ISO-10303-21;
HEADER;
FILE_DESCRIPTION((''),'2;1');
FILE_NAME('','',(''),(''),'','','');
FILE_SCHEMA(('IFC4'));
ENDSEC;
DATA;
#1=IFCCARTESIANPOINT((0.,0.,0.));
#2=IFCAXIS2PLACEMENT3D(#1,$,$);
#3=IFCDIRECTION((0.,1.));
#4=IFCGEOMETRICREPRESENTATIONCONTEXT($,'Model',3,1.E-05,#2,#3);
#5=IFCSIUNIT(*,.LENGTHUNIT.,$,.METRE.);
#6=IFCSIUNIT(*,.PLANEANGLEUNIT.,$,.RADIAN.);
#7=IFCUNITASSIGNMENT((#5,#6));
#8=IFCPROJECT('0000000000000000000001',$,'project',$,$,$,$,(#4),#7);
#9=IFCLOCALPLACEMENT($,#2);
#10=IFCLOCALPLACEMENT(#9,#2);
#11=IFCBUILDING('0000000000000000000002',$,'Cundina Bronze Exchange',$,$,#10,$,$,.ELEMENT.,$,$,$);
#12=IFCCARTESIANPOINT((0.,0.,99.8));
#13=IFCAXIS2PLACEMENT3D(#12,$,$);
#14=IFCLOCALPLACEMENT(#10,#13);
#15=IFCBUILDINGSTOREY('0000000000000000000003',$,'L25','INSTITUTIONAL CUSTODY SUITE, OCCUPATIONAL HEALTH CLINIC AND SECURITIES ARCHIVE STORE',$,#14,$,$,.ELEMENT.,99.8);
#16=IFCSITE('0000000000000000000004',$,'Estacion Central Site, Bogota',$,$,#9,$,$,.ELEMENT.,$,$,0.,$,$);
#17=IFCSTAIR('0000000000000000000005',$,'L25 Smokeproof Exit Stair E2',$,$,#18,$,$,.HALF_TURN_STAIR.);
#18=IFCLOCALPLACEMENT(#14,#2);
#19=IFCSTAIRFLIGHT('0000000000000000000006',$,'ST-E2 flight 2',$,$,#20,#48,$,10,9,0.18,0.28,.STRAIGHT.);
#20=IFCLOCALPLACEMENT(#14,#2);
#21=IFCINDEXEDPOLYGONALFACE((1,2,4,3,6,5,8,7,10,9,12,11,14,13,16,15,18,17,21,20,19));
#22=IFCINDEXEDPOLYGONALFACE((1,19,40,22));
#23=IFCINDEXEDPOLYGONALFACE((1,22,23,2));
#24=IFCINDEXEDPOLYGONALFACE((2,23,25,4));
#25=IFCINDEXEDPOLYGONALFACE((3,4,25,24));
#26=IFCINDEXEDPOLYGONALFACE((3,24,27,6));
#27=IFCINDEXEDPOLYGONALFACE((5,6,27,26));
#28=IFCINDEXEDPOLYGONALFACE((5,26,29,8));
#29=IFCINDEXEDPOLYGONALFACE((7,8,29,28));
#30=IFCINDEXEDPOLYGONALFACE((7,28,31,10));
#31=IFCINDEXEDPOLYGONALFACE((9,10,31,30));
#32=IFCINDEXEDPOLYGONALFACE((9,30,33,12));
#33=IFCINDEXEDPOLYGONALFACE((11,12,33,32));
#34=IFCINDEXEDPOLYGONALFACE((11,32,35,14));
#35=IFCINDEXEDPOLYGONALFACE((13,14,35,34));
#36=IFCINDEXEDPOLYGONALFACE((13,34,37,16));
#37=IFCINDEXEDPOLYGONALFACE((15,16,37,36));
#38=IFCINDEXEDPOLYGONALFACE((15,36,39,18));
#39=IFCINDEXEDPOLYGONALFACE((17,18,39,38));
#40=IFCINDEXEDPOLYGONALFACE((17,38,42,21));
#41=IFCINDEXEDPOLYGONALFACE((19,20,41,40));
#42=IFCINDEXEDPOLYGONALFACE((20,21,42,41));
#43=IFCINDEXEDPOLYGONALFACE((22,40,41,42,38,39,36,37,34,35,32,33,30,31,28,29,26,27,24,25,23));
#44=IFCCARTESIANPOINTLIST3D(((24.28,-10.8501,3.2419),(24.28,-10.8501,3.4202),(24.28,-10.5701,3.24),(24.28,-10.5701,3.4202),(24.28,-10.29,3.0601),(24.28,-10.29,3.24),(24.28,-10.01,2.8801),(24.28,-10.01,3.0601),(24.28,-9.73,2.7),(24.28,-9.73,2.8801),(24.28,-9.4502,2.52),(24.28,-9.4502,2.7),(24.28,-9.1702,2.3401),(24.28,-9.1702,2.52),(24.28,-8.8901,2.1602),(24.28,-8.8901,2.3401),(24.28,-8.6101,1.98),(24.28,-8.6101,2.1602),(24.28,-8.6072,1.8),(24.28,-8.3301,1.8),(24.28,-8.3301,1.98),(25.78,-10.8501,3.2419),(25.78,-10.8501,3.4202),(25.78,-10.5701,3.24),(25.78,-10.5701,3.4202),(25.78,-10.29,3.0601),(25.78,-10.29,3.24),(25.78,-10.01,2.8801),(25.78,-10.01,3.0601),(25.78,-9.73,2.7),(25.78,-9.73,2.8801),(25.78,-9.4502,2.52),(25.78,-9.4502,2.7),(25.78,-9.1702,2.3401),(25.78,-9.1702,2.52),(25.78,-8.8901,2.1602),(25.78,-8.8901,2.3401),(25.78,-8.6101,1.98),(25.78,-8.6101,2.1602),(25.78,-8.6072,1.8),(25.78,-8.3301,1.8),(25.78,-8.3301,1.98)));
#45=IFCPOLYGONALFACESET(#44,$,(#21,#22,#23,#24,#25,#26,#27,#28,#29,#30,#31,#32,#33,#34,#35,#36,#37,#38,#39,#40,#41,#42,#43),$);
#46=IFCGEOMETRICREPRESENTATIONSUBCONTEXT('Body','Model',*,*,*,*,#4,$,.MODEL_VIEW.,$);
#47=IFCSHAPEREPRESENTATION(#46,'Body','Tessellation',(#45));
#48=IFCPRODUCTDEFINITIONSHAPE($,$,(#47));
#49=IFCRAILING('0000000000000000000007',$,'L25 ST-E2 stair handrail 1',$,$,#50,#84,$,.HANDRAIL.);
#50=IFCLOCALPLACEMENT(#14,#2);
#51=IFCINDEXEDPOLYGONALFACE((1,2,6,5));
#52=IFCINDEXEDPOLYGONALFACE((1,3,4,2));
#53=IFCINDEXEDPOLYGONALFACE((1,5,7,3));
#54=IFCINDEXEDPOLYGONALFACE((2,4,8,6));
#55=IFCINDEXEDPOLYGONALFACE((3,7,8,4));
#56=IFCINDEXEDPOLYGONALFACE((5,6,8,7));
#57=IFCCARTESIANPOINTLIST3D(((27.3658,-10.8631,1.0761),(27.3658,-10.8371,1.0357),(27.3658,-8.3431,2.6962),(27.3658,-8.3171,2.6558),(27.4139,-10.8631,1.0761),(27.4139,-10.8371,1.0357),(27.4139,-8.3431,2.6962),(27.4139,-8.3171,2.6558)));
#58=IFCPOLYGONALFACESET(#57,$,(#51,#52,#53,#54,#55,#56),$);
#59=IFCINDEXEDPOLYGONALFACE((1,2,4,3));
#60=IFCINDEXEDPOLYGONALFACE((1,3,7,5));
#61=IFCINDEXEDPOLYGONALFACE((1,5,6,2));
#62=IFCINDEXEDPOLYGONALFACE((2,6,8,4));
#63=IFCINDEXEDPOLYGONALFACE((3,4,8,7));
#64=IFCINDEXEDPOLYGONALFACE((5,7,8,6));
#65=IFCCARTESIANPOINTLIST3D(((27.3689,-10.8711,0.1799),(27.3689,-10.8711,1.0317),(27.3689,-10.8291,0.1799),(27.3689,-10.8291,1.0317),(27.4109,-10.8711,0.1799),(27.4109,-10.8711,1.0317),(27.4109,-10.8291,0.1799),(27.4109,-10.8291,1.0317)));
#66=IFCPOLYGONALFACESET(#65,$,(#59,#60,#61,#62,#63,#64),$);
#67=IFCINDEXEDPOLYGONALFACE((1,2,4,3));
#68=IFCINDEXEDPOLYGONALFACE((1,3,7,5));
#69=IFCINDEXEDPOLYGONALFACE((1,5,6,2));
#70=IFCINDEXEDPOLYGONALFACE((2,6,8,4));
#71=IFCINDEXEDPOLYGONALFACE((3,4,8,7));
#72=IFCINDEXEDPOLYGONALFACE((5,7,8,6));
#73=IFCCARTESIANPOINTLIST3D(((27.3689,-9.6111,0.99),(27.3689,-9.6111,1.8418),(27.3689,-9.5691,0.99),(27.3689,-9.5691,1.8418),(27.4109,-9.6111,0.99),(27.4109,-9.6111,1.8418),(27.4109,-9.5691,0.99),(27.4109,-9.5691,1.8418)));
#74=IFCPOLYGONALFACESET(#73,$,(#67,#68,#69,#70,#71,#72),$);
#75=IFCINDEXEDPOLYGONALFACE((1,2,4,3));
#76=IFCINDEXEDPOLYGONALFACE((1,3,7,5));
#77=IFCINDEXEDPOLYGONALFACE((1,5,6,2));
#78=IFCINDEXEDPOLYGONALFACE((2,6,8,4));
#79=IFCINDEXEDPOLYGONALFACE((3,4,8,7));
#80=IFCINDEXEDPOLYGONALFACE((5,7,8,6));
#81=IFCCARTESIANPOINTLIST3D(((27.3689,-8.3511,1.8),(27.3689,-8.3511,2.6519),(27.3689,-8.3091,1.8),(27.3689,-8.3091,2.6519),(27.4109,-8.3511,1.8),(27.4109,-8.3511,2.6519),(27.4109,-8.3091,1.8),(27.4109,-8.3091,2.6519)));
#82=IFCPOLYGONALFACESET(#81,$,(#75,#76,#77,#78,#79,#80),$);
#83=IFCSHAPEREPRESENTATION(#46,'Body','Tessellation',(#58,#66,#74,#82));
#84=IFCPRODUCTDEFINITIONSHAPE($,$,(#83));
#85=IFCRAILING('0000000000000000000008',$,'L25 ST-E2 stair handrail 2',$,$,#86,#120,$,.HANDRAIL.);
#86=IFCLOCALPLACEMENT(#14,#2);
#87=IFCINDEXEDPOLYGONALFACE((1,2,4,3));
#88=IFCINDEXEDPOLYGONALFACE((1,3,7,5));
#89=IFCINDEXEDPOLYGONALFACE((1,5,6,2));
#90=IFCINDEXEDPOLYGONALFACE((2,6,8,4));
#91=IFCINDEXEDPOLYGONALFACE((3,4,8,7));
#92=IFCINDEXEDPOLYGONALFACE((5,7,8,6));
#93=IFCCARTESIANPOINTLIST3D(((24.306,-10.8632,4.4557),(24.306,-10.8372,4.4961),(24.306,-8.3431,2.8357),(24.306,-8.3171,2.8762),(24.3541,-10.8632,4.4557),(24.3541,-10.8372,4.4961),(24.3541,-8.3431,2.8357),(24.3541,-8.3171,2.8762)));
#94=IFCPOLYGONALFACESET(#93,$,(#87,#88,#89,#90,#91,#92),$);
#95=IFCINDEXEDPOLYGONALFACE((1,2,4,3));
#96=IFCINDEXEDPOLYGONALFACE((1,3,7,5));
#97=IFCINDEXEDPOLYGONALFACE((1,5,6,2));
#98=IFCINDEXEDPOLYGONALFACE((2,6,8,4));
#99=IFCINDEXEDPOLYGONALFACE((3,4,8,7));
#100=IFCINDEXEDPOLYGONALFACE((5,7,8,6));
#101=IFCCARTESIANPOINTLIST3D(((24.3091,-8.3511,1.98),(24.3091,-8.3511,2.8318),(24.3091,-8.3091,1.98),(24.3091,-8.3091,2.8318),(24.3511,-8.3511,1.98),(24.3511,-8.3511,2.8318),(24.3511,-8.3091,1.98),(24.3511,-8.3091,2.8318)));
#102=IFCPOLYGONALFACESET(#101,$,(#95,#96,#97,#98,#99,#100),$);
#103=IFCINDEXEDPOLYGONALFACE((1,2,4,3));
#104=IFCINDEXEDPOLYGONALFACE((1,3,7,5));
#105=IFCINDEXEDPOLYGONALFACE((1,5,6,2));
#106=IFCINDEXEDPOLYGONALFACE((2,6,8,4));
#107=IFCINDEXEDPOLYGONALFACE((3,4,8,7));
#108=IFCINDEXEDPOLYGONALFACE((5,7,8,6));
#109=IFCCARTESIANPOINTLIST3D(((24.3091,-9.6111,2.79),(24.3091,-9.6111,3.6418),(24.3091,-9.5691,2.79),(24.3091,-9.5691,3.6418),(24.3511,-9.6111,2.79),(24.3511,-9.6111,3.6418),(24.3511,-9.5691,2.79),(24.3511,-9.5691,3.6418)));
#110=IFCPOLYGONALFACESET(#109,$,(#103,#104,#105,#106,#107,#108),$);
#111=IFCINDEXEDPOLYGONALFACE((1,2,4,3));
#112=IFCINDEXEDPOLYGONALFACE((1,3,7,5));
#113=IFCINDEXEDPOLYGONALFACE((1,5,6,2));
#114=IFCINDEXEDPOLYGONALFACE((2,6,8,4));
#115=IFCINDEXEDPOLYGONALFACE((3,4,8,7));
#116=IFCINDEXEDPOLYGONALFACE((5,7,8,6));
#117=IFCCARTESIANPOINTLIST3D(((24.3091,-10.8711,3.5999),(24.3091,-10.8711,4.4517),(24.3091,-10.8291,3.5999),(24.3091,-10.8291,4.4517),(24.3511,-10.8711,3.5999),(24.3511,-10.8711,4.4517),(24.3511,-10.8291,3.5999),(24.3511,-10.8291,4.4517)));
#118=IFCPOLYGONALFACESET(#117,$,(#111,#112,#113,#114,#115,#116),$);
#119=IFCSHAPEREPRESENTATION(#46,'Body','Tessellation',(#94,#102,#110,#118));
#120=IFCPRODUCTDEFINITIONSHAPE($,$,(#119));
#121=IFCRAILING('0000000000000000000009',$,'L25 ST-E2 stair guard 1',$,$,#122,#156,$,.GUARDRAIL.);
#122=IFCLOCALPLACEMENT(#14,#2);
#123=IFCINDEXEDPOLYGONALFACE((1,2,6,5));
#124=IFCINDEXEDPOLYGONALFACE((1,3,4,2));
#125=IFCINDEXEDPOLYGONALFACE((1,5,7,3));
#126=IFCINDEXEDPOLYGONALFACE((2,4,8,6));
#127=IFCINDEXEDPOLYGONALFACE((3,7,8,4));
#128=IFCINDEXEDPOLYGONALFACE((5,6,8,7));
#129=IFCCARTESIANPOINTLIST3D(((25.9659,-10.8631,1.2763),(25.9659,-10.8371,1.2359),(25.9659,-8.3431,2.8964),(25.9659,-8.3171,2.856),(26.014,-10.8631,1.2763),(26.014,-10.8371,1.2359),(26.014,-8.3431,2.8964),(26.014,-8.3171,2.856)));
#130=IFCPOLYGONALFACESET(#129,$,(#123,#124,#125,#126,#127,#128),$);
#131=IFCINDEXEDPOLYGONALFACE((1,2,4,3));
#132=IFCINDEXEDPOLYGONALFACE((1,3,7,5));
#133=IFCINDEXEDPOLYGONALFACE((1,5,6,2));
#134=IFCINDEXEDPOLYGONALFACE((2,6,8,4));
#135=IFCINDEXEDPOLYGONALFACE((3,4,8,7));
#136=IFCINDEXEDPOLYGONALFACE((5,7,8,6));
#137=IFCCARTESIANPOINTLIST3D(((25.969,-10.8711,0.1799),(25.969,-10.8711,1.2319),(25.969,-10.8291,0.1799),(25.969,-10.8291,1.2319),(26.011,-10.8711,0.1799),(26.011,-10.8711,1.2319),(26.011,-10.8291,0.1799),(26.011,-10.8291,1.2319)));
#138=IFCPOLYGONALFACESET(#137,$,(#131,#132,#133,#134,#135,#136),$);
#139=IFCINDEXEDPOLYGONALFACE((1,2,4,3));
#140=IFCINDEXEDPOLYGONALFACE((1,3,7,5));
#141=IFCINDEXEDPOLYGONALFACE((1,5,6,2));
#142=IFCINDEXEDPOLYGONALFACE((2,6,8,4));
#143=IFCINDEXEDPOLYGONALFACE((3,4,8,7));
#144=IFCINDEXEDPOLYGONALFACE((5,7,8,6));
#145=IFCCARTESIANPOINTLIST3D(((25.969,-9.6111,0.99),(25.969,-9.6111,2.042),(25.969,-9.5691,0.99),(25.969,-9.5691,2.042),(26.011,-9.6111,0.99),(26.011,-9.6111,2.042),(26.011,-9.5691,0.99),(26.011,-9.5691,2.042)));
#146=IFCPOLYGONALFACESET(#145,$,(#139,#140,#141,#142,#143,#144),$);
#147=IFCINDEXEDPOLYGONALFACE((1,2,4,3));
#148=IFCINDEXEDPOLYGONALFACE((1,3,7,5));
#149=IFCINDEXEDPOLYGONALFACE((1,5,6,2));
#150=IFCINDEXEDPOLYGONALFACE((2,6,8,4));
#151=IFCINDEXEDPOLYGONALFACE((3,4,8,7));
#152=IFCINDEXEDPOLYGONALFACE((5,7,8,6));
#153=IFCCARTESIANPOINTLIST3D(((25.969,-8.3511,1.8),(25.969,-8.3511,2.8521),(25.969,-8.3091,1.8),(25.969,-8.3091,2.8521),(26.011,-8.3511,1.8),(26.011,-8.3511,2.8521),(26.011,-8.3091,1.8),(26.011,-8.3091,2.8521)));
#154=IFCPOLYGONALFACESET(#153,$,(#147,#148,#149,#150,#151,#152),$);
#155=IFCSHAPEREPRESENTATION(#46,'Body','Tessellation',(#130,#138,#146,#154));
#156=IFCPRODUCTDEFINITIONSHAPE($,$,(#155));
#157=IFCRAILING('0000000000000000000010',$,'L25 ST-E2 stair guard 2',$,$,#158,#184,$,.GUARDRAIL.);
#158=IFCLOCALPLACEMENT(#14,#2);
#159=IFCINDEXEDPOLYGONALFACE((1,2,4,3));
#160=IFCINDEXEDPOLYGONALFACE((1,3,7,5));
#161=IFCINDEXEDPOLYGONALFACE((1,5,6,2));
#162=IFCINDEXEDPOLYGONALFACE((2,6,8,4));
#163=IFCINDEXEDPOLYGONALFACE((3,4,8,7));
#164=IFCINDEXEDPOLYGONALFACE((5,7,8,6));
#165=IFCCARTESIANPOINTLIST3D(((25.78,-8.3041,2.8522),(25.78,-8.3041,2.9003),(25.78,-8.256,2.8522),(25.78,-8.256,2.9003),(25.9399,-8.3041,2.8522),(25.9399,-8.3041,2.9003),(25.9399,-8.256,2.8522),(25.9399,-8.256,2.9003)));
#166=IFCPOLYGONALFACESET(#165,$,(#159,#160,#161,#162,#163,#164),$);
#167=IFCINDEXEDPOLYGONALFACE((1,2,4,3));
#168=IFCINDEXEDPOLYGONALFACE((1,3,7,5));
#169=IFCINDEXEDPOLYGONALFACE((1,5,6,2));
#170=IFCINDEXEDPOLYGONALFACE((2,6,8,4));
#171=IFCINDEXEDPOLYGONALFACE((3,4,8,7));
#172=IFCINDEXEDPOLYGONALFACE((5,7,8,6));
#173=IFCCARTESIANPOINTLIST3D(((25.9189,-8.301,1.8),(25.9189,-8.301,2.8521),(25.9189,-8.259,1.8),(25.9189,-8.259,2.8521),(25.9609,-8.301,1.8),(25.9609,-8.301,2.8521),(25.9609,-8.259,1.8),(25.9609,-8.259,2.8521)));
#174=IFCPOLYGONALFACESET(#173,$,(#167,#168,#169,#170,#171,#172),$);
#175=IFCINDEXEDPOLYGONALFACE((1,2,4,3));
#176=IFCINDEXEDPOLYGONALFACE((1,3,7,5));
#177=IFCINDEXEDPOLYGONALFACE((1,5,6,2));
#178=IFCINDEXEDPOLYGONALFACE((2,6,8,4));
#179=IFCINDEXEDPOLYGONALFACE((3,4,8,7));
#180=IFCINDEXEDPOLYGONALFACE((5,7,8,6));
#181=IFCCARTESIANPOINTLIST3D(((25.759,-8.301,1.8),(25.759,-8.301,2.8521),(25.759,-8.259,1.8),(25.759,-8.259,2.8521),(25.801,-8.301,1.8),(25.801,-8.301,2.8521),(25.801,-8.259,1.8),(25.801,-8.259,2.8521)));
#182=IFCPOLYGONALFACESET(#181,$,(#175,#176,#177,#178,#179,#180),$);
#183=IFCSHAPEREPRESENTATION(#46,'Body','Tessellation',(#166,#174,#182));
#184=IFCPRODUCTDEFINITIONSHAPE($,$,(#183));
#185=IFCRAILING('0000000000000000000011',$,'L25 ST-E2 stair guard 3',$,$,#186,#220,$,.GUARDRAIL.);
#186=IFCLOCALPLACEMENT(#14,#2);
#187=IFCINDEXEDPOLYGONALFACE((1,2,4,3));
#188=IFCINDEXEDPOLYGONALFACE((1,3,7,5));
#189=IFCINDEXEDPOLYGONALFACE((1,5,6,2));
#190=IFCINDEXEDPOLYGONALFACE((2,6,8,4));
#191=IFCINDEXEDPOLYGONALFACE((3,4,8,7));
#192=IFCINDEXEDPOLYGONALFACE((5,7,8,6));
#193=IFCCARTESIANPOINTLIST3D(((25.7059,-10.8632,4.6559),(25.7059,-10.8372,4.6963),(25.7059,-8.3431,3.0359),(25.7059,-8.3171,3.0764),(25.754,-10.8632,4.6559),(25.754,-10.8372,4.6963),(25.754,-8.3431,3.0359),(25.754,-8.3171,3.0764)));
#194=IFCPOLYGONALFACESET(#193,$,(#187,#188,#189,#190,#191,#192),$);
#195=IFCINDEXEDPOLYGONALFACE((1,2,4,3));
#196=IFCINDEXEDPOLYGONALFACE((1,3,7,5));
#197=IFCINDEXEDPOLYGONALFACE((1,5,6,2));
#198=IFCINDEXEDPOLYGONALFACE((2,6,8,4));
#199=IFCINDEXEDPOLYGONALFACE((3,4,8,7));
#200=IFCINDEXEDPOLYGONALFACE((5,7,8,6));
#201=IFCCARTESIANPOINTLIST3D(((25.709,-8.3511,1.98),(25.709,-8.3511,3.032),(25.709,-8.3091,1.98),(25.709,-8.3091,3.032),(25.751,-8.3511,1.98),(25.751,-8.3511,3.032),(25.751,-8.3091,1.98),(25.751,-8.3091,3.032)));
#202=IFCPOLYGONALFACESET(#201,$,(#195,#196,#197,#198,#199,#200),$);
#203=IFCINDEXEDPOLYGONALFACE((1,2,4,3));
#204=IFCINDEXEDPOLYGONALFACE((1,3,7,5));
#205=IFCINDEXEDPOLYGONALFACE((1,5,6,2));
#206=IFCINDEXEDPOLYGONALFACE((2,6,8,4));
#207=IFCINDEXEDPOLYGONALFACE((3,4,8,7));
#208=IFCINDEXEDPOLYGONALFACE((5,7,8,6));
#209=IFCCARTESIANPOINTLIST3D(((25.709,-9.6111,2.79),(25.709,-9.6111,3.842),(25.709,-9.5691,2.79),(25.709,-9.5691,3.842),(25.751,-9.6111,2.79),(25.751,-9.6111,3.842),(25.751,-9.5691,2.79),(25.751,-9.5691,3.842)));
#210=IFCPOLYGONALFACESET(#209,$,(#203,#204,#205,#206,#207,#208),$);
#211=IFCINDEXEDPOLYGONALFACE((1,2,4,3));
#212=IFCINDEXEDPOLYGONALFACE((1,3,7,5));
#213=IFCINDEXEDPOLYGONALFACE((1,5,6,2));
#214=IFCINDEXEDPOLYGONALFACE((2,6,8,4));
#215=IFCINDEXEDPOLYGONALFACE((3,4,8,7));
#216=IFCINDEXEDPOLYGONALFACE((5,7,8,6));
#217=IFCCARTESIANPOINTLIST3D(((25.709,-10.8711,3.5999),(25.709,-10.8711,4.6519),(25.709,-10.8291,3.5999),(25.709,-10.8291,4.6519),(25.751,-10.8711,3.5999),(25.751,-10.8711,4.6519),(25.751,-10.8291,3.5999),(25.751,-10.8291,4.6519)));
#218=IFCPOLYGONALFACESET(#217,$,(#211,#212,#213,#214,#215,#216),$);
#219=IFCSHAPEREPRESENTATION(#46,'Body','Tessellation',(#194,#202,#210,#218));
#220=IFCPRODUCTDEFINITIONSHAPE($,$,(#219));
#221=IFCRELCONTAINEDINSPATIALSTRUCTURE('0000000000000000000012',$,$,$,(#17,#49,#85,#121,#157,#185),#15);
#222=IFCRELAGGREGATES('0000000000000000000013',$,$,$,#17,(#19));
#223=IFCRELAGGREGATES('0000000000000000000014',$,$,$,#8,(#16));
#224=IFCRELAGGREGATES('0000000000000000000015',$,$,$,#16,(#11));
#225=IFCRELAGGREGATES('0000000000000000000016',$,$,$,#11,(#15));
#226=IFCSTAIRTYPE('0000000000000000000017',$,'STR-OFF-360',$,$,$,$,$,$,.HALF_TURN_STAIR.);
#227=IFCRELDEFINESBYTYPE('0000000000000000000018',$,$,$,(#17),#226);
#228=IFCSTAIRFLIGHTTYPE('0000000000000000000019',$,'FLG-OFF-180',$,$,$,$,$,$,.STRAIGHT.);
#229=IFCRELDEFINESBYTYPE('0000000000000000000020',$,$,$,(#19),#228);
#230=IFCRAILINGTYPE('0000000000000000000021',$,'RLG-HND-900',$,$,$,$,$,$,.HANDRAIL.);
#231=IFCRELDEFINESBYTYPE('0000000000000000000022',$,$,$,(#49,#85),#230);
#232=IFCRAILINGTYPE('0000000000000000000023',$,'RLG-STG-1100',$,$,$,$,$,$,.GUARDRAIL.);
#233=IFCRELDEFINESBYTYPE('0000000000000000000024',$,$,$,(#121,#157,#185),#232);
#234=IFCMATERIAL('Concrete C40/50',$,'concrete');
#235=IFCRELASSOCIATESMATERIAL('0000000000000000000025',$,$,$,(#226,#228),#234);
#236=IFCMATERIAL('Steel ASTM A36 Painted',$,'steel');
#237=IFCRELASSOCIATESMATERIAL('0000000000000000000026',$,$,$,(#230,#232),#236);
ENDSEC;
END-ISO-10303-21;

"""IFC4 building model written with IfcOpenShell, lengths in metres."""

from ifc_helpers import new_model, si_unit, direction, frame, origin, origin_2d, place, context, subcontext, project, spatial, polyline, rectangle, outline, extrude, material, type_object, element, aggregate, save


model = new_model("IFC4")

# Units and contexts
model_context = context("Model", 3, precision=1e-05, world=origin(), true_north=direction((0.0, 1.0)))
body_context = subcontext(model_context, "Body", "Model", "MODEL_VIEW")
ifc_project = project(units=[si_unit("LENGTHUNIT", "METRE"), si_unit("PLANEANGLEUNIT", "RADIAN")], contexts=[model_context])

# Site, building, storey
site_placement = place(None, origin())
site = spatial("IfcSite", under=ifc_project, at=site_placement, Name="Estacion Central Site, Bogota", CompositionType="ELEMENT", RefElevation=0.0)
building_placement = place(site_placement, origin())
building = spatial("IfcBuilding", under=site, at=building_placement, Name="Cundina Bronze Exchange", CompositionType="ELEMENT")
storey_placement = place(building_placement, frame((0.0, 0.0, 99.8)))
storey = spatial("IfcBuildingStorey", under=building, at=storey_placement, Name="L25", Description="INSTITUTIONAL CUSTODY SUITE, OCCUPATIONAL HEALTH CLINIC AND SECURITIES ARCHIVE STORE", CompositionType="ELEMENT", Elevation=99.8)

# Shared definitions
ifc_material_1 = material(Name="Steel ASTM A36 Painted", Category="steel")

# Stair, stair flight
ifc_material_2 = material(Name="Concrete C40/50", Category="concrete")
stair_type = type_object("IfcStairType", Name="STR-OFF-360", PredefinedType="HALF_TURN_STAIR", material=ifc_material_2)
stair_placement = place(storey_placement, origin())
stair = element("IfcStair", 1, at=stair_placement, inside=storey, type_object=stair_type, Name="L25 Smokeproof Exit Stair E2", PredefinedType="HALF_TURN_STAIR")
stair_flight_type = type_object("IfcStairFlightType", Name="FLG-OFF-180", PredefinedType="STRAIGHT", material=ifc_material_2)
stair_flight_1_placement = place(storey_placement, frame((25.03, -8.3301, 1.8), z_axis=(0.0, 0.0, 1.0), x_axis=(0.0, -1.0, 0.0)))
stair_flight_1 = element("IfcStairFlight", 2, at=stair_flight_1_placement, type_object=stair_flight_type, Name="ST-E2 flight 2", NumberOfRisers=10, NumberOfTreads=9, PredefinedType="STRAIGHT", RiserHeight=0.18, TreadLength=0.28, context=body_context, shape_type="SweptSolid", body=[
    extrude(outline(polyline([(0.0, 0.0), (0.0, 0.1799), (0.28, 0.1799), (0.28, 0.3601), (0.5601, 0.3601), (0.5601, 0.54), (0.8401, 0.54), (0.8401, 0.72), (1.1201, 0.72), (1.1201, 0.8999), (1.3999, 0.8999), (1.3999, 1.0801), (1.6799, 1.0801), (1.6799, 1.26), (1.96, 1.26), (1.96, 1.4399), (2.24, 1.4399), (2.24, 1.6201), (2.52, 1.6201), (2.52, 1.8), (2.52, 1.4419), (0.2771, 0.0), (0.0, 0.0)])), frame((0.0, 0.75, 0.0), z_axis=(0.0, -1.0, 0.0), x_axis=(1.0, 0.0, 0.0)), (0.0, 0.0, 1.0), 1.5),
])
aggregate(stair, [stair_flight_1])

# Railings
railing_type_1 = type_object("IfcRailingType", Name="RLG-HND-900", PredefinedType="HANDRAIL", material=ifc_material_1)
railing_1_placement = place(storey_placement, frame((27.3899, -10.8501, 0.1799)))
element("IfcRailing", 3, at=railing_1_placement, inside=storey, type_object=railing_type_1, Name="L25 ST-E2 stair handrail 1", PredefinedType="HANDRAIL", context=body_context, shape_type="SweptSolid", body=[
    extrude(rectangle(XDim=0.0481, YDim=0.0481, at=origin_2d()), frame((0.0, 0.0, 0.876), z_axis=(0.0, 0.841163, 0.540782), x_axis=(-1.0, 0.0, 0.0)), (0.0, 0.0, 1.0), 2.9958),
    extrude(rectangle(XDim=0.042, YDim=0.042, at=origin_2d()), origin(), (0.0, 0.0, 1.0), 0.8518),
    extrude(rectangle(XDim=0.042, YDim=0.042, at=origin_2d()), frame((0.0, 1.26, 0.8101)), (0.0, 0.0, 1.0), 0.8518),
    extrude(rectangle(XDim=0.042, YDim=0.042, at=origin_2d()), frame((0.0, 2.52, 1.6201)), (0.0, 0.0, 1.0), 0.8518),
])
railing_2_placement = place(storey_placement, frame((24.3301, -8.3301, 1.98)))
element("IfcRailing", 4, at=railing_2_placement, inside=storey, type_object=railing_type_1, Name="L25 ST-E2 stair handrail 2", PredefinedType="HANDRAIL", context=body_context, shape_type="SweptSolid", body=[
    extrude(rectangle(XDim=0.0481, YDim=0.0481, at=origin_2d()), frame((0.0, 0.0, 0.876), z_axis=(0.0, -0.8412, 0.540725), x_axis=(1.0, 0.0, 0.0)), (0.0, 0.0, 1.0), 2.9958),
    extrude(rectangle(XDim=0.042, YDim=0.042, at=origin_2d()), origin(), (0.0, 0.0, 1.0), 0.8518),
    extrude(rectangle(XDim=0.042, YDim=0.042, at=origin_2d()), frame((0.0, -1.26, 0.8101)), (0.0, 0.0, 1.0), 0.8518),
    extrude(rectangle(XDim=0.042, YDim=0.042, at=origin_2d()), frame((0.0, -2.52, 1.6199)), (0.0, 0.0, 1.0), 0.8518),
])
railing_type_2 = type_object("IfcRailingType", Name="RLG-STG-1100", PredefinedType="GUARDRAIL", material=ifc_material_1)
railing_3_placement = place(storey_placement, frame((25.99, -10.8501, 0.1799)))
element("IfcRailing", 5, at=railing_3_placement, inside=storey, type_object=railing_type_2, Name="L25 ST-E2 stair guard 1", PredefinedType="GUARDRAIL", context=body_context, shape_type="SweptSolid", body=[
    extrude(rectangle(XDim=0.0481, YDim=0.0481, at=origin_2d()), frame((0.0, 0.0, 1.0762), z_axis=(0.0, 0.841163, 0.540782), x_axis=(-1.0, 0.0, 0.0)), (0.0, 0.0, 1.0), 2.9958),
    extrude(rectangle(XDim=0.042, YDim=0.042, at=origin_2d()), origin(), (0.0, 0.0, 1.0), 1.052),
    extrude(rectangle(XDim=0.042, YDim=0.042, at=origin_2d()), frame((0.0, 1.26, 0.8101)), (0.0, 0.0, 1.0), 1.052),
    extrude(rectangle(XDim=0.042, YDim=0.042, at=origin_2d()), frame((0.0, 2.52, 1.6201)), (0.0, 0.0, 1.0), 1.052),
])
railing_4_placement = place(storey_placement, frame((25.9399, -8.28, 1.8)))
element("IfcRailing", 6, at=railing_4_placement, inside=storey, type_object=railing_type_2, Name="L25 ST-E2 stair guard 2", PredefinedType="GUARDRAIL", context=body_context, shape_type="SweptSolid", body=[
    extrude(rectangle(XDim=0.0481, YDim=0.0481, at=origin_2d()), frame((0.0, 0.0, 1.0762), z_axis=(-1.0, 0.0, 0.0), x_axis=(0.0, -1.0, 0.0)), (0.0, 0.0, 1.0), 0.1599),
    extrude(rectangle(XDim=0.042, YDim=0.042, at=origin_2d()), origin(), (0.0, 0.0, 1.0), 1.052),
    extrude(rectangle(XDim=0.042, YDim=0.042, at=origin_2d()), frame((-0.1599, 0.0, 0.0)), (0.0, 0.0, 1.0), 1.052),
])
railing_5_placement = place(storey_placement, frame((25.73, -8.3301, 1.98)))
element("IfcRailing", 7, at=railing_5_placement, inside=storey, type_object=railing_type_2, Name="L25 ST-E2 stair guard 3", PredefinedType="GUARDRAIL", context=body_context, shape_type="SweptSolid", body=[
    extrude(rectangle(XDim=0.0481, YDim=0.0481, at=origin_2d()), frame((0.0, 0.0, 1.0762), z_axis=(0.0, -0.8412, 0.540725), x_axis=(1.0, 0.0, 0.0)), (0.0, 0.0, 1.0), 2.9958),
    extrude(rectangle(XDim=0.042, YDim=0.042, at=origin_2d()), origin(), (0.0, 0.0, 1.0), 1.052),
    extrude(rectangle(XDim=0.042, YDim=0.042, at=origin_2d()), frame((0.0, -1.26, 0.8101)), (0.0, 0.0, 1.0), 1.052),
    extrude(rectangle(XDim=0.042, YDim=0.042, at=origin_2d()), frame((0.0, -2.52, 1.6199)), (0.0, 0.0, 1.0), 1.052),
])

save(model, "model.ifc")
